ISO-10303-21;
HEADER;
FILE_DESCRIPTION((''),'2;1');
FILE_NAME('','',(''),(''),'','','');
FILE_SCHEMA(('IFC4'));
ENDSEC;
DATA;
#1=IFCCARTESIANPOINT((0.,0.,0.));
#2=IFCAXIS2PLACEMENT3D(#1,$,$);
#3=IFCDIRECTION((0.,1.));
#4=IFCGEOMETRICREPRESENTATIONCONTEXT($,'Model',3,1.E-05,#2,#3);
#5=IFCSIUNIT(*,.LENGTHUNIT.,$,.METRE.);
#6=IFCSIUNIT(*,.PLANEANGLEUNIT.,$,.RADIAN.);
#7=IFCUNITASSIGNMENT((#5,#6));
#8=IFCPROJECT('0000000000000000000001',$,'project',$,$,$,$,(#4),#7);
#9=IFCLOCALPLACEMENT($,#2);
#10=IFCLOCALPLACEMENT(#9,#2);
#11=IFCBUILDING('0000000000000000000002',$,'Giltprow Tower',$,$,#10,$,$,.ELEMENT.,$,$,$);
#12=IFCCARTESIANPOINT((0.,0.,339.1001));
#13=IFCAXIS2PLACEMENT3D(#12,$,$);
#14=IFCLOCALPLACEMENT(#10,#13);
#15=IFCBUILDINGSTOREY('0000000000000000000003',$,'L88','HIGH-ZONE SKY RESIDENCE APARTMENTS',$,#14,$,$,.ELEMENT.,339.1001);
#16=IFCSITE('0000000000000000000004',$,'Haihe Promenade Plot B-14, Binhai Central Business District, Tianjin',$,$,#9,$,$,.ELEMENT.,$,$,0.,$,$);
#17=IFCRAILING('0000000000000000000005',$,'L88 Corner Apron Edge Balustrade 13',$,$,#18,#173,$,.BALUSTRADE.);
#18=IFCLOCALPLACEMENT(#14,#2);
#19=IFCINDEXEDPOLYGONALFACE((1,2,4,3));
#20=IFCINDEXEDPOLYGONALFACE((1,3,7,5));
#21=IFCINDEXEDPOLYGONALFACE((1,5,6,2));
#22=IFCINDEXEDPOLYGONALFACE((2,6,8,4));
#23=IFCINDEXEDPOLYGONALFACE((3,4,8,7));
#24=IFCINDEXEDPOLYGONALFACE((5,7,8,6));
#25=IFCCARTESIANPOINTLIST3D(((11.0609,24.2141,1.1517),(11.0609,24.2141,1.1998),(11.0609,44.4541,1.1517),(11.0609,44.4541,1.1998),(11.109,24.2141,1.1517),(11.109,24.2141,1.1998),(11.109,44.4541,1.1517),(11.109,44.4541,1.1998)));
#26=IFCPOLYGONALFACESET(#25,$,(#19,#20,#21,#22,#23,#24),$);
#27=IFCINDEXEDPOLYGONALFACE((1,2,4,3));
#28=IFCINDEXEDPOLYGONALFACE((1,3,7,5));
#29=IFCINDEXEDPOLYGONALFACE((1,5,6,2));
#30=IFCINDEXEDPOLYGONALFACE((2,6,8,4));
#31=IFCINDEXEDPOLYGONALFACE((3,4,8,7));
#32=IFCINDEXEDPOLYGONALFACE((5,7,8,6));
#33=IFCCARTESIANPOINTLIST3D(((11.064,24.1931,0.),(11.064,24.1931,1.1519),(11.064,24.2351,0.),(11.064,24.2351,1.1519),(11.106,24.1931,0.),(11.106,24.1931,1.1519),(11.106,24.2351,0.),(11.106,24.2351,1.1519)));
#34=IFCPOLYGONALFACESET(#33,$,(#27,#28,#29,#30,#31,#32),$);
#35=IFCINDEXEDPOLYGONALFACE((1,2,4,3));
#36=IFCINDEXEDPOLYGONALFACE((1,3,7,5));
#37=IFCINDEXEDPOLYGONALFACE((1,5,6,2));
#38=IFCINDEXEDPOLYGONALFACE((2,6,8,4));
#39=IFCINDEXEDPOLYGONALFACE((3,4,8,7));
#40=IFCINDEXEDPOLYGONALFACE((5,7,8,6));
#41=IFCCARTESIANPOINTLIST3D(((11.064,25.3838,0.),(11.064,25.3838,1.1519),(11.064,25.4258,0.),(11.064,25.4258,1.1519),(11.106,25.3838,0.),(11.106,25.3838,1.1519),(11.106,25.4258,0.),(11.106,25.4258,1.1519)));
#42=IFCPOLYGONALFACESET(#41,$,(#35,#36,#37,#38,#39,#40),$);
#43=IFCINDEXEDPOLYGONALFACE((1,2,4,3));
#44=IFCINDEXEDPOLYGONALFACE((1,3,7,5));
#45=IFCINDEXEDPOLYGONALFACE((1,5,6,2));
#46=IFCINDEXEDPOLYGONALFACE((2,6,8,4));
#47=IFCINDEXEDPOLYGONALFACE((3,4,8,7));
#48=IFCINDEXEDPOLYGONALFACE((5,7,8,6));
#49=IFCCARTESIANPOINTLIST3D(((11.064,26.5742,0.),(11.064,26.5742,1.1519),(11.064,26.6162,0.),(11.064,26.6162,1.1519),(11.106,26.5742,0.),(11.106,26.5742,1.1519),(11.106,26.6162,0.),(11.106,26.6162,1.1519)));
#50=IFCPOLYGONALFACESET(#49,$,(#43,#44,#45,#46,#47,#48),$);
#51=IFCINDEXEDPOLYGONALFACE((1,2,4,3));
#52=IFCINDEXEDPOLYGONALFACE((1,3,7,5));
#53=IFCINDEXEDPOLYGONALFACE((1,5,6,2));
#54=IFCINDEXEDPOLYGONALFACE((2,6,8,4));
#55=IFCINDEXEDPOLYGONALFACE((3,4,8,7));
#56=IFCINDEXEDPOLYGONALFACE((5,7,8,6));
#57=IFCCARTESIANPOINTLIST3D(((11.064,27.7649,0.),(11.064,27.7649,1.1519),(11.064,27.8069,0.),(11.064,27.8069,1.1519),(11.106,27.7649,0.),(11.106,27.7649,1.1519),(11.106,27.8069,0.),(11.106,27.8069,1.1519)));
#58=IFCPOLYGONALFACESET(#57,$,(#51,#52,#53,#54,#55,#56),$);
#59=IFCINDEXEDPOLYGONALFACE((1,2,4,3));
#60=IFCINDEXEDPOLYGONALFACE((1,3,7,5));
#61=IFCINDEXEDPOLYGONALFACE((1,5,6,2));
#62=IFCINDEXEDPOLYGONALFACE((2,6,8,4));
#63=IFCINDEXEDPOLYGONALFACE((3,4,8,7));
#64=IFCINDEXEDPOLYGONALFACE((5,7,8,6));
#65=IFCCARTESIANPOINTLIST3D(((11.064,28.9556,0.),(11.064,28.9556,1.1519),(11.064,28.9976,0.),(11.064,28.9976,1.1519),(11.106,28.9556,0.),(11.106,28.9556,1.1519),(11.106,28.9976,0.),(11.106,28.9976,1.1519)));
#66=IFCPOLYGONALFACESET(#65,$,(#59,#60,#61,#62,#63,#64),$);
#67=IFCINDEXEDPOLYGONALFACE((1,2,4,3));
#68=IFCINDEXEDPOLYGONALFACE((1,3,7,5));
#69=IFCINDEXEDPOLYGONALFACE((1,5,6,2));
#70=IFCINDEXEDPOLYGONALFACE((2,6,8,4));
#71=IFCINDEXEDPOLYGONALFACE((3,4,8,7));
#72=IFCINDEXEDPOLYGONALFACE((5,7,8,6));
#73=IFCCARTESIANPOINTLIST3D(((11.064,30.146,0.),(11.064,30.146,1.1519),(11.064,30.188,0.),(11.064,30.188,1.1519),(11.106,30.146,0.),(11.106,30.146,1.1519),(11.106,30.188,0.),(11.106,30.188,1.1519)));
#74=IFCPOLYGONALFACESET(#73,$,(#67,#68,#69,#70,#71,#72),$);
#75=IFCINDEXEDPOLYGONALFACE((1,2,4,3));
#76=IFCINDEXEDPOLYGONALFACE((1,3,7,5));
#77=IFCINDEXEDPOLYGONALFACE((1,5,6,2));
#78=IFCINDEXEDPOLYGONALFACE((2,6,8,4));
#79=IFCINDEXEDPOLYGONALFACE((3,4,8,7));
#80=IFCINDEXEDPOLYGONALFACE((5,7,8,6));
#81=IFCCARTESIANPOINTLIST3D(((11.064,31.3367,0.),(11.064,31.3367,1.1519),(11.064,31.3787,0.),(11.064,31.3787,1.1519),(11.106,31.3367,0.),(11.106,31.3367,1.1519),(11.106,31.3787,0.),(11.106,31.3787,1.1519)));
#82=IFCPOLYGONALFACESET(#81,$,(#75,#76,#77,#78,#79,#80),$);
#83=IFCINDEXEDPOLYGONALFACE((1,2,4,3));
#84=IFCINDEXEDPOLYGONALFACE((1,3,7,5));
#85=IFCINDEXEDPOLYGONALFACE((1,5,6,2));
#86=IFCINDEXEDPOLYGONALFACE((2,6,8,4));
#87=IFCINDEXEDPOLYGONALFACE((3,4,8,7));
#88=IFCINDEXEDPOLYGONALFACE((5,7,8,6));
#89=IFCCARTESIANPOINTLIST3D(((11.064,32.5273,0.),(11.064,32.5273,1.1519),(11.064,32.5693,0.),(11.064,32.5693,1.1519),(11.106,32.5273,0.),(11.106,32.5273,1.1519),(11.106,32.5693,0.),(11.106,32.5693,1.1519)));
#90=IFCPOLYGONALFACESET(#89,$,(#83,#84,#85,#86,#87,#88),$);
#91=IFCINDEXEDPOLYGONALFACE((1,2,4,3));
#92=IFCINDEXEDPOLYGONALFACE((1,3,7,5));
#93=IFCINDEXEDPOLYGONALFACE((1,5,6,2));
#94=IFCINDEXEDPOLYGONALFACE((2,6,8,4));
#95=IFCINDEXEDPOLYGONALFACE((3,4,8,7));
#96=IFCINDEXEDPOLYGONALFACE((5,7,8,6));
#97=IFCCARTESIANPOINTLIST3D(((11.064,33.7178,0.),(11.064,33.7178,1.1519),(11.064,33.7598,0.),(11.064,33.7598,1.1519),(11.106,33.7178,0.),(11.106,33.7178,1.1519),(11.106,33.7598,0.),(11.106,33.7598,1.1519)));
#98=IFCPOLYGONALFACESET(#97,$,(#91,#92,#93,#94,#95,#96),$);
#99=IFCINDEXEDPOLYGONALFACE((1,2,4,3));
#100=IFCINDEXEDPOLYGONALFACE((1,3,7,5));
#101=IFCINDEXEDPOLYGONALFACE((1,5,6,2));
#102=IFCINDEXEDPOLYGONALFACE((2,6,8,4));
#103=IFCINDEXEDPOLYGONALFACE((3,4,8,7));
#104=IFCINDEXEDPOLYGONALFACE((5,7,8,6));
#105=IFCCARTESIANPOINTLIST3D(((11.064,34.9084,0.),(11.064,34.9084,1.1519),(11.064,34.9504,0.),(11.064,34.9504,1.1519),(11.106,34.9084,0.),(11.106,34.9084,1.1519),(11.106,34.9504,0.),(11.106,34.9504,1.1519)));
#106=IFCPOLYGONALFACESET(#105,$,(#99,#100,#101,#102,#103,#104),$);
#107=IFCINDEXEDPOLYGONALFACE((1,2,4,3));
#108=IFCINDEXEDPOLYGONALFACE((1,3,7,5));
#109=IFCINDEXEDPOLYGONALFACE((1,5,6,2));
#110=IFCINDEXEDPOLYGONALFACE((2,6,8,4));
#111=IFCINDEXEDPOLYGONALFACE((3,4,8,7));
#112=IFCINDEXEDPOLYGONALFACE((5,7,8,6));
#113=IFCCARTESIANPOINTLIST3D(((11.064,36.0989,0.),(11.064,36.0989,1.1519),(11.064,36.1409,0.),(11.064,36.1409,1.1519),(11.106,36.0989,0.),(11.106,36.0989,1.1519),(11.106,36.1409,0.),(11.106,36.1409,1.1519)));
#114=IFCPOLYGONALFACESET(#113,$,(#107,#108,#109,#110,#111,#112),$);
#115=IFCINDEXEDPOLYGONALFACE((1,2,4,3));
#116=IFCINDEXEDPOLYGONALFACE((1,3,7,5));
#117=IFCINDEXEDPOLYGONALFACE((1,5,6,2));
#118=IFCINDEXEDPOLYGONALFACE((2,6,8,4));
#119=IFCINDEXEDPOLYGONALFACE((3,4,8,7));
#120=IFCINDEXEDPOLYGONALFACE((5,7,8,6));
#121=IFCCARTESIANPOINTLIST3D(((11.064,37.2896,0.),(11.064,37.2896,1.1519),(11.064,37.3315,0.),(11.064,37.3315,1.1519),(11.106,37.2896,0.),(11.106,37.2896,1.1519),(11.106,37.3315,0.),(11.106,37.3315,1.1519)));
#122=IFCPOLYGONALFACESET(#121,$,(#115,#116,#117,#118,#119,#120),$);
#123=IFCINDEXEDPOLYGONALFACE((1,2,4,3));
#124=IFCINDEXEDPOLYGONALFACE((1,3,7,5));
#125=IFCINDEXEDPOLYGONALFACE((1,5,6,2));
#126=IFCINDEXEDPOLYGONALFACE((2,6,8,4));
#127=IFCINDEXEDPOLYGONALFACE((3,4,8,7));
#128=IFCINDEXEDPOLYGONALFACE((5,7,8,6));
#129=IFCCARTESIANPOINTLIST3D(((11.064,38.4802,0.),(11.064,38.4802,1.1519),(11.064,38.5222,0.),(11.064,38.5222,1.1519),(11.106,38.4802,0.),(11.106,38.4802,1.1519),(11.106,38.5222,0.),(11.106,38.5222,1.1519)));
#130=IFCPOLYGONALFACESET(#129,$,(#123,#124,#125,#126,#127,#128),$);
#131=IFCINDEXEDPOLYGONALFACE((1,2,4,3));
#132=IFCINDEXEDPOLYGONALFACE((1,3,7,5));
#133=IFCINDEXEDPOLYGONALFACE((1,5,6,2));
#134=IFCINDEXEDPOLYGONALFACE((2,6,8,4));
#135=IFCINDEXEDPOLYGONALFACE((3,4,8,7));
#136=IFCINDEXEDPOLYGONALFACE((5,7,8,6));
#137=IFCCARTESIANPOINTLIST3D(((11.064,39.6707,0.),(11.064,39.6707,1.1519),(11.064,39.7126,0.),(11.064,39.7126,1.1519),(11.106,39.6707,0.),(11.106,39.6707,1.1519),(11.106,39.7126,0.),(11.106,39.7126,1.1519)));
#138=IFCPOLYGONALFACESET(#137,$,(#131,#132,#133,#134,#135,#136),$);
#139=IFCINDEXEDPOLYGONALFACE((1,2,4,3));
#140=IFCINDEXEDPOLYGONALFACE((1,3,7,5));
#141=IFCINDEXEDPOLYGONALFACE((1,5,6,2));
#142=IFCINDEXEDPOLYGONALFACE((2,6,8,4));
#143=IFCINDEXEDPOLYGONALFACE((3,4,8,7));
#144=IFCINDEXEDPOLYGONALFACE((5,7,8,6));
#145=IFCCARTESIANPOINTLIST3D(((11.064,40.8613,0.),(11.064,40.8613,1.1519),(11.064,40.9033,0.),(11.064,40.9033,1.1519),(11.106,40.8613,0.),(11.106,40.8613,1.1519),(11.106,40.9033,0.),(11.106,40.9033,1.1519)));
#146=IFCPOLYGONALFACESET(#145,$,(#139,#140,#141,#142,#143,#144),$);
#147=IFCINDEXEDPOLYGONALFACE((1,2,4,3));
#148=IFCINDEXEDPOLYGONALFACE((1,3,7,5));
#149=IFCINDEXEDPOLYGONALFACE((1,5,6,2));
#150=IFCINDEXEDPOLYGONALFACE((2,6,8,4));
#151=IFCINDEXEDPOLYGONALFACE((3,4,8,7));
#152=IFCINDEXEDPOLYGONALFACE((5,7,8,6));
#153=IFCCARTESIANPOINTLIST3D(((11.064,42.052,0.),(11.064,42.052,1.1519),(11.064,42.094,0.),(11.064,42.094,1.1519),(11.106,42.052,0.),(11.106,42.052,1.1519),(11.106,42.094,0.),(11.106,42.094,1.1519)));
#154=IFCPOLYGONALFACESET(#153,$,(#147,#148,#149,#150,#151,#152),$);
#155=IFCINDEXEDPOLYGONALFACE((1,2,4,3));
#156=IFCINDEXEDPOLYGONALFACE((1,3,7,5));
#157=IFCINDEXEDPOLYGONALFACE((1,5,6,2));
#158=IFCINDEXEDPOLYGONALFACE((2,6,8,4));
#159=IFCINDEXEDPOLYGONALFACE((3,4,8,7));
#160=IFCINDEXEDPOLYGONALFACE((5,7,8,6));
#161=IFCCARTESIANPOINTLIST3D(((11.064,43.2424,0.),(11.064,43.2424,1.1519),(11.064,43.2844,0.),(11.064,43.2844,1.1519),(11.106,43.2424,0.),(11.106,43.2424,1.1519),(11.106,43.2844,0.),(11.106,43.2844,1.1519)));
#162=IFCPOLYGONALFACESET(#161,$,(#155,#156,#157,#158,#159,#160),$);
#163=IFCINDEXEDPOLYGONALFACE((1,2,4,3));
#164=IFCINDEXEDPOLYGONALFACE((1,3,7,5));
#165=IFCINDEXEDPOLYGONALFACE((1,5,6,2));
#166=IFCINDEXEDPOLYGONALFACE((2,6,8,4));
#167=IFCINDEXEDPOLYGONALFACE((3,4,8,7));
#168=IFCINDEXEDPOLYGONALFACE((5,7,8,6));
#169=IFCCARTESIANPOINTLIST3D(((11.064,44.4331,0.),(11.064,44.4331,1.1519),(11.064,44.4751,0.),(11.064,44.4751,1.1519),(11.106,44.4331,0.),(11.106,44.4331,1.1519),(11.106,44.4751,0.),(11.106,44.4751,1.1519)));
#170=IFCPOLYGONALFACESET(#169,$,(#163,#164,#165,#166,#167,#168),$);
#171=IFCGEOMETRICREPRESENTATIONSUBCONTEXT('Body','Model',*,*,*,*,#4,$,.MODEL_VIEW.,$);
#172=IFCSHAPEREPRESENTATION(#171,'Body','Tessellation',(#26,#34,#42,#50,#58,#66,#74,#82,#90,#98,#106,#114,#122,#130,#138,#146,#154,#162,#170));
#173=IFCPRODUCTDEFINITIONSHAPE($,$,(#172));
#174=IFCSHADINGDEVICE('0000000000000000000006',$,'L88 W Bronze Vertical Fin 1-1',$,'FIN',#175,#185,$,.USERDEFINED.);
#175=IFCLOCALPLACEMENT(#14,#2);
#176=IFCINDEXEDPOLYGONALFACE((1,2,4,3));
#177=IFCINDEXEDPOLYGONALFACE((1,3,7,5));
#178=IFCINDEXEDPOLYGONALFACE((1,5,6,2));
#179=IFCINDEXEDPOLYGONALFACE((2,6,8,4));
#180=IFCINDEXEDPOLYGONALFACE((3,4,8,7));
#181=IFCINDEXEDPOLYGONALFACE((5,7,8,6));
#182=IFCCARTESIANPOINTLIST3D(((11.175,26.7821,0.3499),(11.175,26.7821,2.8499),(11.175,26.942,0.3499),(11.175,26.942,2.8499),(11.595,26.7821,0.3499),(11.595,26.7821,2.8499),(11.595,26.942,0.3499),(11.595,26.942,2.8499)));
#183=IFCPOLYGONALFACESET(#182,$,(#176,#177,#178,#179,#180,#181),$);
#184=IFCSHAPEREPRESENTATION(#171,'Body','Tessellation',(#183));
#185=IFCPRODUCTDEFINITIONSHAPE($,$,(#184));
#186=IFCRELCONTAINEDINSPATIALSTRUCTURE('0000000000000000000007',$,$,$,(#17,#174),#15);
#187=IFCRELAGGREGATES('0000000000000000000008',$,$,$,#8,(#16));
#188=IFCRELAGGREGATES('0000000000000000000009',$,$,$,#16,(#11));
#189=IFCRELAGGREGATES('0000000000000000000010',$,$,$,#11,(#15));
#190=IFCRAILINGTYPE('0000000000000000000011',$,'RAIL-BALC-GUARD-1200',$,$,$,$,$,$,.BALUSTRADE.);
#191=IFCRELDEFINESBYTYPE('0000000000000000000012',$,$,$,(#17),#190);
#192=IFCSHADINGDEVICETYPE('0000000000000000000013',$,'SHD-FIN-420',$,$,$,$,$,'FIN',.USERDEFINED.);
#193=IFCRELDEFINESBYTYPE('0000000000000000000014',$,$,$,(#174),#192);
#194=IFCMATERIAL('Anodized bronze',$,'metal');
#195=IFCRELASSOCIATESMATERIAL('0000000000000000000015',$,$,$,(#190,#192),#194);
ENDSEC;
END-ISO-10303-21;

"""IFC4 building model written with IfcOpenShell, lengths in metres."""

from ifc_helpers import new_model, si_unit, direction, frame, origin, origin_2d, place, context, subcontext, project, spatial, rectangle, extrude, source, transform, mapped, material, type_object, element, save


model = new_model("IFC4")

# Units and contexts
model_context = context("Model", 3, precision=1e-05, world=origin(), true_north=direction((0.0, 1.0)))
body_context = subcontext(model_context, "Body", "Model", "MODEL_VIEW")
ifc_project = project(units=[si_unit("LENGTHUNIT", "METRE"), si_unit("PLANEANGLEUNIT", "RADIAN")], contexts=[model_context])

# Site, building, storey
site_placement = place(None, origin())
site = spatial("IfcSite", under=ifc_project, at=site_placement, Name="Haihe Promenade Plot B-14, Binhai Central Business District, Tianjin", CompositionType="ELEMENT", RefElevation=0.0)
building_placement = place(site_placement, origin())
building = spatial("IfcBuilding", under=site, at=building_placement, Name="Giltprow Tower", CompositionType="ELEMENT")
storey_placement = place(building_placement, frame((0.0, 0.0, 339.1001)))
storey = spatial("IfcBuildingStorey", under=building, at=storey_placement, Name="L88", Description="HIGH-ZONE SKY RESIDENCE APARTMENTS", CompositionType="ELEMENT", Elevation=339.1001)

# Railing
ifc_material_1 = material(Name="Anodized bronze", Category="metal")
railing_type = type_object("IfcRailingType", Name="RAIL-BALC-GUARD-1200", PredefinedType="BALUSTRADE", material=ifc_material_1)
railing_1_placement = place(storey_placement, frame((11.085, 24.2141, 0.0)))
element("IfcRailing", 1, at=railing_1_placement, inside=storey, type_object=railing_type, Name="L88 Corner Apron Edge Balustrade 13", PredefinedType="BALUSTRADE", context=body_context, shape_type="SweptSolid", body=[
    extrude(rectangle(XDim=0.0481, YDim=0.0481, at=origin_2d()), frame((0.0, 0.0, 1.1758), z_axis=(0.0, 1.0, 0.0), x_axis=(-1.0, 0.0, 0.0)), (0.0, 0.0, 1.0), 20.24),
    extrude(rectangle(XDim=0.042, YDim=0.042, at=origin_2d()), origin(), (0.0, 0.0, 1.0), 1.1519),
    extrude(rectangle(XDim=0.042, YDim=0.042, at=origin_2d()), frame((0.0, 1.1907, 0.0)), (0.0, 0.0, 1.0), 1.1519),
    extrude(rectangle(XDim=0.042, YDim=0.042, at=origin_2d()), frame((0.0, 2.3811, 0.0)), (0.0, 0.0, 1.0), 1.1519),
    extrude(rectangle(XDim=0.042, YDim=0.042, at=origin_2d()), frame((0.0, 3.5718, 0.0)), (0.0, 0.0, 1.0), 1.1519),
    extrude(rectangle(XDim=0.042, YDim=0.042, at=origin_2d()), frame((0.0, 4.7625, 0.0)), (0.0, 0.0, 1.0), 1.1519),
    extrude(rectangle(XDim=0.042, YDim=0.042, at=origin_2d()), frame((0.0, 5.9529, 0.0)), (0.0, 0.0, 1.0), 1.1519),
    extrude(rectangle(XDim=0.042, YDim=0.042, at=origin_2d()), frame((0.0, 7.1436, 0.0)), (0.0, 0.0, 1.0), 1.1519),
    extrude(rectangle(XDim=0.042, YDim=0.042, at=origin_2d()), frame((0.0, 8.3342, 0.0)), (0.0, 0.0, 1.0), 1.1519),
    extrude(rectangle(XDim=0.042, YDim=0.042, at=origin_2d()), frame((0.0, 9.5247, 0.0)), (0.0, 0.0, 1.0), 1.1519),
    extrude(rectangle(XDim=0.042, YDim=0.042, at=origin_2d()), frame((0.0, 10.7153, 0.0)), (0.0, 0.0, 1.0), 1.1519),
    extrude(rectangle(XDim=0.042, YDim=0.042, at=origin_2d()), frame((0.0, 11.9058, 0.0)), (0.0, 0.0, 1.0), 1.1519),
    extrude(rectangle(XDim=0.042, YDim=0.042, at=origin_2d()), frame((0.0, 13.0964, 0.0)), (0.0, 0.0, 1.0), 1.1519),
    extrude(rectangle(XDim=0.042, YDim=0.042, at=origin_2d()), frame((0.0, 14.2871, 0.0)), (0.0, 0.0, 1.0), 1.1519),
    extrude(rectangle(XDim=0.042, YDim=0.042, at=origin_2d()), frame((0.0, 15.4775, 0.0)), (0.0, 0.0, 1.0), 1.1519),
    extrude(rectangle(XDim=0.042, YDim=0.042, at=origin_2d()), frame((0.0, 16.6682, 0.0)), (0.0, 0.0, 1.0), 1.1519),
    extrude(rectangle(XDim=0.042, YDim=0.042, at=origin_2d()), frame((0.0, 17.8589, 0.0)), (0.0, 0.0, 1.0), 1.1519),
    extrude(rectangle(XDim=0.042, YDim=0.042, at=origin_2d()), frame((0.0, 19.0493, 0.0)), (0.0, 0.0, 1.0), 1.1519),
    extrude(rectangle(XDim=0.042, YDim=0.042, at=origin_2d()), frame((0.0, 20.24, 0.0)), (0.0, 0.0, 1.0), 1.1519),
])

# Shading device
shading_device_type = type_object("IfcShadingDeviceType", Name="SHD-FIN-420", ElementType="FIN", PredefinedType="USERDEFINED", material=ifc_material_1)
shared_shape_1 = source(origin(), body_context, "Body", "SweptSolid", [
    extrude(rectangle(XDim=0.4199, YDim=0.1599, at=origin_2d()), origin(), (0.0, 0.0, 1.0), 2.5),
])
shading_device_placement = place(storey_placement, frame((11.385, 26.8621, 0.3499), z_axis=(0.0, 0.0, 1.0), x_axis=(1.0, 0.0, 0.0)))
element("IfcShadingDevice", 2, at=shading_device_placement, inside=storey, type_object=shading_device_type, Name="L88 W Bronze Vertical Fin 1-1", ObjectType="FIN", PredefinedType="USERDEFINED", context=body_context, shape_type="MappedRepresentation", body=[
    mapped(shared_shape_1, transform((0.0, 0.0, 0.0), x_axis=(1.0, 0.0, 0.0), y_axis=(0.0, 1.0, 0.0), z_axis=(0.0, 0.0, 1.0), scale=1.0)),
])

save(model, "model.ifc")
